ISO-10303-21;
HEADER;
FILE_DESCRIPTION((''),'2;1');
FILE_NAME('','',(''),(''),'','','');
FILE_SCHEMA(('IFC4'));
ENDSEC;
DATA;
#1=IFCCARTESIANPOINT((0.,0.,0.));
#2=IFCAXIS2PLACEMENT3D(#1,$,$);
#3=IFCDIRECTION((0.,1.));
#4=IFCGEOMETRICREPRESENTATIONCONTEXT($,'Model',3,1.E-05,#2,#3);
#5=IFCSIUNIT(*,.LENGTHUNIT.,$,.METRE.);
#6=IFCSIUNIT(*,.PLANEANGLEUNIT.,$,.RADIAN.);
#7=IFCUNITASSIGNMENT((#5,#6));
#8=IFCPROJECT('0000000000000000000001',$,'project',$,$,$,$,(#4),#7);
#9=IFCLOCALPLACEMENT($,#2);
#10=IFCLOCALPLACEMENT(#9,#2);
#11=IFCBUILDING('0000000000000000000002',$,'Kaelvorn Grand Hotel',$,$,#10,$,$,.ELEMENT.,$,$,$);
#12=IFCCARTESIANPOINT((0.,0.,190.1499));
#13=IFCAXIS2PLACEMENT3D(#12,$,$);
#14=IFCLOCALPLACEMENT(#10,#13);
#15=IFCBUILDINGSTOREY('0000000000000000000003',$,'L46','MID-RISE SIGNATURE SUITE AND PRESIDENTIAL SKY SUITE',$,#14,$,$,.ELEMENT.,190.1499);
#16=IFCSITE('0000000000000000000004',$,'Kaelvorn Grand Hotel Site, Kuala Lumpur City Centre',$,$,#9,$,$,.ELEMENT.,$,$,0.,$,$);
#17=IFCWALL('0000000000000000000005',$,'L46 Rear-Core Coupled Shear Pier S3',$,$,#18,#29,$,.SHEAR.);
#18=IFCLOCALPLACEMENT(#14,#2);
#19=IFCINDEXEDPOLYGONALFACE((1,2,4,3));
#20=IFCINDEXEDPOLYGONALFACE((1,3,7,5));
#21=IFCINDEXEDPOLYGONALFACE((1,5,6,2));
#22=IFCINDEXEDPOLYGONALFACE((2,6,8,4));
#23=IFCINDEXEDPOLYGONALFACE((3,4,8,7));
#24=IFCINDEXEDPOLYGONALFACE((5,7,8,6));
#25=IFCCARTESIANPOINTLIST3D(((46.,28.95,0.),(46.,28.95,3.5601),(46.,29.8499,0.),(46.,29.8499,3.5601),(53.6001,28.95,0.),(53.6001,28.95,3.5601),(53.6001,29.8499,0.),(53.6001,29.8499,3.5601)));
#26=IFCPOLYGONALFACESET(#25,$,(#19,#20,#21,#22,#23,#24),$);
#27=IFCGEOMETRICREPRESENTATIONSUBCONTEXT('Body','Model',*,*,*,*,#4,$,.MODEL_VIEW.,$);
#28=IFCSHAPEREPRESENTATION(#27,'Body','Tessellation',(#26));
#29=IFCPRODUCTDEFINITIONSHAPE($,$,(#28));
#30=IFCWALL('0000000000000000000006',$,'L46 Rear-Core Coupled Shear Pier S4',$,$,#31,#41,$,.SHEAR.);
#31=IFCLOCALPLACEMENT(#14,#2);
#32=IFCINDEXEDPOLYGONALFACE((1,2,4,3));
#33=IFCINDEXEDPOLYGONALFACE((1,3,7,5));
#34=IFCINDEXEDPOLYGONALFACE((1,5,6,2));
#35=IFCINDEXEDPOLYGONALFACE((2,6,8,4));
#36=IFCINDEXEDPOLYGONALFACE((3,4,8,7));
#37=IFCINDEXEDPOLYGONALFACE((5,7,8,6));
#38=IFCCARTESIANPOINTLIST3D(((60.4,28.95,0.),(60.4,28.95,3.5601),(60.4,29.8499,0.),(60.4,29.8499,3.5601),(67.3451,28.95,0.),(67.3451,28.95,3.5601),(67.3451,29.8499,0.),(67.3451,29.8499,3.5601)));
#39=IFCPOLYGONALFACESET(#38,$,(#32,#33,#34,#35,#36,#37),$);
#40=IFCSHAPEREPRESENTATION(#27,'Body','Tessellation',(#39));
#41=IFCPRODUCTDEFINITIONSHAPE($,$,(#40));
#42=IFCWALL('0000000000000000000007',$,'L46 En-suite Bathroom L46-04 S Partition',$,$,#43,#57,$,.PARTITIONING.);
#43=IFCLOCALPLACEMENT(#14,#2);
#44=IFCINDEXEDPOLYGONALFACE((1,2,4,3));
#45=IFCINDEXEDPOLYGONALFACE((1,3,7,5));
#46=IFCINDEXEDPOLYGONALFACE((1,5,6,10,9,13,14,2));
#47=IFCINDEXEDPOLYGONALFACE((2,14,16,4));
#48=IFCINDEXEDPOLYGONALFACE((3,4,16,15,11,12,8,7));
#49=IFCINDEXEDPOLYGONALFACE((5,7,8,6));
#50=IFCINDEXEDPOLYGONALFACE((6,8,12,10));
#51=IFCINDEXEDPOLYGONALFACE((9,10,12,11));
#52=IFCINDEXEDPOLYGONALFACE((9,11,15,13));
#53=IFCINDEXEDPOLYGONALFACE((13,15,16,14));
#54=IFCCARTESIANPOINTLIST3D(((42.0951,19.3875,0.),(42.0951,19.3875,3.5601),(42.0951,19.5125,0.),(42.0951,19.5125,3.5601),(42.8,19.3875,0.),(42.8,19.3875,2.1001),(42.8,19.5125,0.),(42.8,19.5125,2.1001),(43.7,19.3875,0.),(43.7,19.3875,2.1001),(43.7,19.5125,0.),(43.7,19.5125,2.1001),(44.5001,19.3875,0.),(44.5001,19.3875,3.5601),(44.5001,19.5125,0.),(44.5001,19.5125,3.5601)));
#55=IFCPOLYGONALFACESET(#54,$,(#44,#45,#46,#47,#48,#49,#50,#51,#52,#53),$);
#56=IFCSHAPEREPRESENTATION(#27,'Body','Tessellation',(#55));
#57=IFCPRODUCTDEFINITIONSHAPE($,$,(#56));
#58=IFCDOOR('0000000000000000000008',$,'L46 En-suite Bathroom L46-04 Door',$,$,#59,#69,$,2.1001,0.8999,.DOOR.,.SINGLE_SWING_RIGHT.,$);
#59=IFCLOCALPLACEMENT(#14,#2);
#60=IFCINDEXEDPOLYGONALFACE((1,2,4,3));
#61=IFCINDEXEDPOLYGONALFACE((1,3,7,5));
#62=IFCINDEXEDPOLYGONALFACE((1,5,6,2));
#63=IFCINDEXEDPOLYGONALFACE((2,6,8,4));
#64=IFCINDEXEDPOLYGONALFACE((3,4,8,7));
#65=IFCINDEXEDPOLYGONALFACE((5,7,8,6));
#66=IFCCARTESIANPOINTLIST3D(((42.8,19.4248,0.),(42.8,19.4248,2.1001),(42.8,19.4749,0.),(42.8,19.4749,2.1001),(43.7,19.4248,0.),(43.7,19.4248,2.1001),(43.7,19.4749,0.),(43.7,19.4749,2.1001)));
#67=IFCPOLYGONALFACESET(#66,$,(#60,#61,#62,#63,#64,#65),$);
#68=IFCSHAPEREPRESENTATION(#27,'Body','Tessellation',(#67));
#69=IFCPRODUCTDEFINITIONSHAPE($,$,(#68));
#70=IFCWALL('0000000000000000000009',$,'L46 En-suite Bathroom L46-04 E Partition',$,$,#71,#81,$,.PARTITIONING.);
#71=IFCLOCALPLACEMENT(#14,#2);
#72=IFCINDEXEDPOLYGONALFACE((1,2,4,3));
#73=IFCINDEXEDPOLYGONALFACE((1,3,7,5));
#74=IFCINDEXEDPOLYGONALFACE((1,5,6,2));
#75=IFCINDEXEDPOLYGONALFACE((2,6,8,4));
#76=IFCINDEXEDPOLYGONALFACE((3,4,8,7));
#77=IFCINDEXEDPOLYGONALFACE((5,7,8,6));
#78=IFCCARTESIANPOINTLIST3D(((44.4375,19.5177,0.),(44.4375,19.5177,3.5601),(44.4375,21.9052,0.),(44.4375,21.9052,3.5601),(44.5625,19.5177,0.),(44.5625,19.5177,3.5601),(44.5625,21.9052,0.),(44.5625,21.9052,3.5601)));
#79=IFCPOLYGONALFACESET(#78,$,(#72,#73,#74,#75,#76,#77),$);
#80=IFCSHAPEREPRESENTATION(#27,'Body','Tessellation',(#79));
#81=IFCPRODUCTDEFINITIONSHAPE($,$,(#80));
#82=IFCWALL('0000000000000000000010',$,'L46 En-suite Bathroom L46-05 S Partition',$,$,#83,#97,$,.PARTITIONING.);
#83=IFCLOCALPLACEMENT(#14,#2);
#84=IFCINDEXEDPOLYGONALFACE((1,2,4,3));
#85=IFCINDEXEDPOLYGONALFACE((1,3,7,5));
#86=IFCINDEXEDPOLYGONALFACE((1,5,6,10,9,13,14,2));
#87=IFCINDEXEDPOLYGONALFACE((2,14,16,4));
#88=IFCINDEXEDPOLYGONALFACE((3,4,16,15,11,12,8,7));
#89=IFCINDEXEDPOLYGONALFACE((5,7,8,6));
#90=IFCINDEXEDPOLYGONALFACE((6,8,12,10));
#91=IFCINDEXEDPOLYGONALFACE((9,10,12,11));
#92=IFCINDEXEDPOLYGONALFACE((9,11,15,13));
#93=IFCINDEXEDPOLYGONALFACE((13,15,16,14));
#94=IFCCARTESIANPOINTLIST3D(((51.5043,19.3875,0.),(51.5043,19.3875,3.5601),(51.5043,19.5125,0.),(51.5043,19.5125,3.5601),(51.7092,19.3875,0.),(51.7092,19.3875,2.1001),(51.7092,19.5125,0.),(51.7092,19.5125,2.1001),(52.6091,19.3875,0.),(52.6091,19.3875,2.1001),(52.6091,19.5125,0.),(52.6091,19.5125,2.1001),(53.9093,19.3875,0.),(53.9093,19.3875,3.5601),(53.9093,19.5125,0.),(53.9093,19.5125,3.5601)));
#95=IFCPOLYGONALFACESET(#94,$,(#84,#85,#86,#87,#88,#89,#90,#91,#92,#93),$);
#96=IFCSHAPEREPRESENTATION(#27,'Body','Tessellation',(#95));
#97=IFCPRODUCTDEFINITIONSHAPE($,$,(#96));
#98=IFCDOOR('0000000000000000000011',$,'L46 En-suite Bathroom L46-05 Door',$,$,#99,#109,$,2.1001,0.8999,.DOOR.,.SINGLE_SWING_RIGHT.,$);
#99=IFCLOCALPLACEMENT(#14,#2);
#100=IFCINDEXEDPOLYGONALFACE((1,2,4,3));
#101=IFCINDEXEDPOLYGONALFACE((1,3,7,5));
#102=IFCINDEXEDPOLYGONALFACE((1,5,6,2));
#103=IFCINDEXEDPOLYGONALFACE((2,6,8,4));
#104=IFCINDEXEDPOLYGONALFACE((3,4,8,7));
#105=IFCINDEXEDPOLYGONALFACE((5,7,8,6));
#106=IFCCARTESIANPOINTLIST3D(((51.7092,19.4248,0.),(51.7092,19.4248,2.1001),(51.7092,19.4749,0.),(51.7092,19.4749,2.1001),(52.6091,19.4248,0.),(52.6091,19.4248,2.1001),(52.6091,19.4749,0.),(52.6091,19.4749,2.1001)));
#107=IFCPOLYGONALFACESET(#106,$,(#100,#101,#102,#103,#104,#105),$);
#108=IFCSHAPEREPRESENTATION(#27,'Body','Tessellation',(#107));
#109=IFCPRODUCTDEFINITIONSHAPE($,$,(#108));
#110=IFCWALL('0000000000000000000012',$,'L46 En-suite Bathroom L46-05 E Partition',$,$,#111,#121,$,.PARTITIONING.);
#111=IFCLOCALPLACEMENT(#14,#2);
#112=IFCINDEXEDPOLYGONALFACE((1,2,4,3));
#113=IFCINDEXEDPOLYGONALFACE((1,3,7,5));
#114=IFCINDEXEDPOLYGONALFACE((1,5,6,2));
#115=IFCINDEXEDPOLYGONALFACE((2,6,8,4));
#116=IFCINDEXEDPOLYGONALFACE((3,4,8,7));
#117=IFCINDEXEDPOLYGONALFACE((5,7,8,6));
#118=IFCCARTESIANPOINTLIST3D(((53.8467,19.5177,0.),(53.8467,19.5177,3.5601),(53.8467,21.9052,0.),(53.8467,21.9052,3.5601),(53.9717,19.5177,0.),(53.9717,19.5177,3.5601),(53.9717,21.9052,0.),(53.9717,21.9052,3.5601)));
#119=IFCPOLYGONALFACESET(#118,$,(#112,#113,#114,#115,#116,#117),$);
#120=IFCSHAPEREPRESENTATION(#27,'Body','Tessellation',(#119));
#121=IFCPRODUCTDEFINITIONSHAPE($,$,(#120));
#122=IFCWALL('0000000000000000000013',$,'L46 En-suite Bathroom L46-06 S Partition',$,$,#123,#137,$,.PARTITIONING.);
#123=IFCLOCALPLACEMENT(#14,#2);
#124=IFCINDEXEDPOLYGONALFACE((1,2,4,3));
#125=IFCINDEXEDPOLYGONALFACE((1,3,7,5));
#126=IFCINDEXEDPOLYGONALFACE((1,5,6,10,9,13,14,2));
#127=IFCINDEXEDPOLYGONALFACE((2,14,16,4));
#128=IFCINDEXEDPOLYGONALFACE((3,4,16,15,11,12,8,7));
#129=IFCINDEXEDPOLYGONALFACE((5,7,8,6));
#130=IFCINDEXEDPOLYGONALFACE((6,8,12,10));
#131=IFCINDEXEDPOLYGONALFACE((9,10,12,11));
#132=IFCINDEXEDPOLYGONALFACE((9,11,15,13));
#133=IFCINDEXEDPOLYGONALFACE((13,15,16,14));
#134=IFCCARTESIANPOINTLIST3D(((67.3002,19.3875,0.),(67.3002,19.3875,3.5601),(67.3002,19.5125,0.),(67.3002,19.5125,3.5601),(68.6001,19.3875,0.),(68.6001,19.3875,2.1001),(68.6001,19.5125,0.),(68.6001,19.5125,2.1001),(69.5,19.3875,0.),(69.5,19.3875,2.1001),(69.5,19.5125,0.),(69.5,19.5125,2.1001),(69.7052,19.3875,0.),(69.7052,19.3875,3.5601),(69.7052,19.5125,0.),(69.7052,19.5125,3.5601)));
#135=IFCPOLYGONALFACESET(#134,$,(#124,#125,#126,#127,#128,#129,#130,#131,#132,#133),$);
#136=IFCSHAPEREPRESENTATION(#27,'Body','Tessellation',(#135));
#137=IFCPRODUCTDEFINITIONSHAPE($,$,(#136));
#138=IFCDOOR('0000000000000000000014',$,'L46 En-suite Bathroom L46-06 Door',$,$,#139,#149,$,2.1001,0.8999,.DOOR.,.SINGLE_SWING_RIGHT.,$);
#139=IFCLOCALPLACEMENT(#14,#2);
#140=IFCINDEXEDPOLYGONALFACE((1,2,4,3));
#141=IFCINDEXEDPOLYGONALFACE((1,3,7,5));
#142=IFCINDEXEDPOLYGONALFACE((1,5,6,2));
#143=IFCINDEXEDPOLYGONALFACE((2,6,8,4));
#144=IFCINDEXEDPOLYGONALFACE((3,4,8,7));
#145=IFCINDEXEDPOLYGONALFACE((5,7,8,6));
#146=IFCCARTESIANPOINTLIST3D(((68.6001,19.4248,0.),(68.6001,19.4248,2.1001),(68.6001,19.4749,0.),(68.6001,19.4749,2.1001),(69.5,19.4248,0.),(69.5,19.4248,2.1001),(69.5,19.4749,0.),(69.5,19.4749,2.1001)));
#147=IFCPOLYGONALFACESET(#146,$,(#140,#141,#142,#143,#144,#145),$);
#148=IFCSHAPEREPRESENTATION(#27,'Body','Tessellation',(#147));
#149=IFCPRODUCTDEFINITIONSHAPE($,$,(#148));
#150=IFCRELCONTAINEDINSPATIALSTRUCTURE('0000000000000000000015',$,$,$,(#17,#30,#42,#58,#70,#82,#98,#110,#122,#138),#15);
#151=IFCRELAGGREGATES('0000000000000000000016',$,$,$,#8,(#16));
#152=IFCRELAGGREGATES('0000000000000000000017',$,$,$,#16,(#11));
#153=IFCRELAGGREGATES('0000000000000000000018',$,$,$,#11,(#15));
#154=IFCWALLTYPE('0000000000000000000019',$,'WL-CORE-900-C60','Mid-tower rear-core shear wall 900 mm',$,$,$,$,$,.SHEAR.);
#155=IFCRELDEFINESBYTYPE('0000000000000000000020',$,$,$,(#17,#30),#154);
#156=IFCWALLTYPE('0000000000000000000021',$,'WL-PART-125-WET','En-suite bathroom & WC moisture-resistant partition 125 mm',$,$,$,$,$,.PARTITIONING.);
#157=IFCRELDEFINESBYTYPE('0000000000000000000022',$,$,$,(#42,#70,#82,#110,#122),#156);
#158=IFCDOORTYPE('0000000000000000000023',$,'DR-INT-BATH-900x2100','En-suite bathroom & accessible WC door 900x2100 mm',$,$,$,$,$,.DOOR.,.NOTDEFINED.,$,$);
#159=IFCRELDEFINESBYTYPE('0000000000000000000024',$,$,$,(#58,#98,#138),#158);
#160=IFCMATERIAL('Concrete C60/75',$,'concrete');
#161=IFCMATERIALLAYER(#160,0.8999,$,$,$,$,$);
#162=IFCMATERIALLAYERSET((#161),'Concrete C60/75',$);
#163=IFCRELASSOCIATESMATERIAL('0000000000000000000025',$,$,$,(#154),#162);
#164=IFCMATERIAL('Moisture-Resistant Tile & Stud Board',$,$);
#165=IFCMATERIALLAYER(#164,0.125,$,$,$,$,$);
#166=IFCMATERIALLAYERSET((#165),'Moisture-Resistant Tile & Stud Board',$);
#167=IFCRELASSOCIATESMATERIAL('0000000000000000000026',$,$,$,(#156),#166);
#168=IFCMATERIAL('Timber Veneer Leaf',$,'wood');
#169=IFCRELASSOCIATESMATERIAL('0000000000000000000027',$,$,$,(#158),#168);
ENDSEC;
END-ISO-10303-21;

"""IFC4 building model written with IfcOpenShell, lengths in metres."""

from ifc_helpers import new_model, si_unit, direction, frame, frame_2d, origin, place, context, subcontext, project, spatial, rectangle, extrude, material, layer, layer_set, type_object, element, fill, save


model = new_model("IFC4")

# Units and contexts
model_context = context("Model", 3, precision=1e-05, world=origin(), true_north=direction((0.0, 1.0)))
body_context = subcontext(model_context, "Body", "Model", "MODEL_VIEW")
ifc_project = project(units=[si_unit("LENGTHUNIT", "METRE"), si_unit("PLANEANGLEUNIT", "RADIAN")], contexts=[model_context])

# Site, building, storey
site_placement = place(None, origin())
site = spatial("IfcSite", under=ifc_project, at=site_placement, Name="Kaelvorn Grand Hotel Site, Kuala Lumpur City Centre", CompositionType="ELEMENT", RefElevation=0.0)
building_placement = place(site_placement, origin())
building = spatial("IfcBuilding", under=site, at=building_placement, Name="Kaelvorn Grand Hotel", CompositionType="ELEMENT")
storey_placement = place(building_placement, frame((0.0, 0.0, 190.1499)))
storey = spatial("IfcBuildingStorey", under=building, at=storey_placement, Name="L46", Description="MID-RISE SIGNATURE SUITE AND PRESIDENTIAL SKY SUITE", CompositionType="ELEMENT", Elevation=190.1499)

# Shared definitions
ifc_material_1 = material(Name="Concrete C60/75", Category="concrete")

# Walls
ifc_layer_1 = layer(ifc_material_1, 0.8999)
ifc_layer_set_1 = layer_set([ifc_layer_1], Name="Concrete C60/75")
wall_type_1 = type_object("IfcWallType", Name="WL-CORE-900-C60", Description="Mid-tower rear-core shear wall 900 mm", PredefinedType="SHEAR", material=ifc_layer_set_1)
wall_1_placement = place(storey_placement, frame((46.0, 29.3999, 0.0), z_axis=(0.0, 0.0, 1.0), x_axis=(1.0, 0.0, 0.0)))
element("IfcWall", 1, at=wall_1_placement, inside=storey, type_object=wall_type_1, Name="L46 Rear-Core Coupled Shear Pier S3", PredefinedType="SHEAR", context=body_context, shape_type="SweptSolid", body=[
    extrude(rectangle(XDim=7.6001, YDim=0.8999, at=frame_2d((3.8, 0.0))), origin(), (0.0, 0.0, 1.0), 3.5601),
])
wall_2_placement = place(storey_placement, frame((60.3999, 29.3999, 0.0), z_axis=(0.0, 0.0, 1.0), x_axis=(1.0, 0.0, 0.0)))
element("IfcWall", 2, at=wall_2_placement, inside=storey, type_object=wall_type_1, Name="L46 Rear-Core Coupled Shear Pier S4", PredefinedType="SHEAR", context=body_context, shape_type="SweptSolid", body=[
    extrude(rectangle(XDim=6.9451, YDim=0.8999, at=frame_2d((3.4727, 0.0))), origin(), (0.0, 0.0, 1.0), 3.5601),
])

# Wall, opening, door
ifc_material_2 = material(Name="Moisture-Resistant Tile & Stud Board")
ifc_layer_2 = layer(ifc_material_2, 0.125)
ifc_layer_set_2 = layer_set([ifc_layer_2], Name="Moisture-Resistant Tile & Stud Board")
wall_type_2 = type_object("IfcWallType", Name="WL-PART-125-WET", Description="En-suite bathroom & WC moisture-resistant partition 125 mm", PredefinedType="PARTITIONING", material=ifc_layer_set_2)
wall_3_placement = place(storey_placement, frame((42.095, 19.45, 0.0), z_axis=(0.0, 0.0, 1.0), x_axis=(1.0, 0.0, 0.0)))
wall_3 = element("IfcWall", 3, at=wall_3_placement, inside=storey, type_object=wall_type_2, Name="L46 En-suite Bathroom L46-04 S Partition", PredefinedType="PARTITIONING", context=body_context, shape_type="SweptSolid", body=[
    extrude(rectangle(XDim=2.405, YDim=0.125, at=frame_2d((1.2026, 0.0))), origin(), (0.0, 0.0, 1.0), 3.5601),
])
opening_1_placement = place(wall_3_placement, frame((0.7051, 0.0, 0.0)))
opening_1 = element("IfcOpeningElement", 4, at=opening_1_placement, cuts=wall_3, PredefinedType="OPENING", context=body_context, shape_type="SweptSolid", body=[
    extrude(rectangle(XDim=0.8999, YDim=2.1001, at=frame_2d((0.45, 1.05))), frame((0.0, 0.0725, 0.0), z_axis=(0.0, -1.0, 0.0), x_axis=(1.0, 0.0, 0.0)), (0.0, 0.0, 1.0), 0.145),
])
ifc_material_3 = material(Name="Timber Veneer Leaf", Category="wood")
door_type_1 = type_object("IfcDoorType", Name="DR-INT-BATH-900x2100", Description="En-suite bathroom & accessible WC door 900x2100 mm", OperationType="NOTDEFINED", PredefinedType="DOOR", material=ifc_material_3)
door_1_placement = place(opening_1_placement, origin())
door_1 = element("IfcDoor", 5, at=door_1_placement, inside=storey, type_object=door_type_1, Name="L46 En-suite Bathroom L46-04 Door", OperationType="SINGLE_SWING_RIGHT", OverallHeight=2.1001, OverallWidth=0.8999, PredefinedType="DOOR", context=body_context, shape_type="SweptSolid", body=[
    extrude(rectangle(XDim=0.8999, YDim=2.1001, at=frame_2d((0.45, 1.05))), frame((0.0, 0.0249, 0.0), z_axis=(0.0, -1.0, 0.0), x_axis=(1.0, 0.0, 0.0)), (0.0, 0.0, 1.0), 0.05),
])
fill(opening_1, door_1)

# Wall
wall_4_placement = place(storey_placement, frame((44.5, 19.5176, 0.0), z_axis=(0.0, 0.0, 1.0), x_axis=(0.0, 1.0, 0.0)))
element("IfcWall", 6, at=wall_4_placement, inside=storey, type_object=wall_type_2, Name="L46 En-suite Bathroom L46-04 E Partition", PredefinedType="PARTITIONING", context=body_context, shape_type="SweptSolid", body=[
    extrude(rectangle(XDim=2.3875, YDim=0.125, at=frame_2d((1.1938, 0.0))), origin(), (0.0, 0.0, 1.0), 3.5601),
])

# Wall, opening, door
wall_5_placement = place(storey_placement, frame((51.5042, 19.45, 0.0), z_axis=(0.0, 0.0, 1.0), x_axis=(1.0, 0.0, 0.0)))
wall_5 = element("IfcWall", 7, at=wall_5_placement, inside=storey, type_object=wall_type_2, Name="L46 En-suite Bathroom L46-05 S Partition", PredefinedType="PARTITIONING", context=body_context, shape_type="SweptSolid", body=[
    extrude(rectangle(XDim=2.405, YDim=0.125, at=frame_2d((1.2026, 0.0))), origin(), (0.0, 0.0, 1.0), 3.5601),
])
opening_2_placement = place(wall_5_placement, frame((0.2051, 0.0, 0.0)))
opening_2 = element("IfcOpeningElement", 8, at=opening_2_placement, cuts=wall_5, PredefinedType="OPENING", context=body_context, shape_type="SweptSolid", body=[
    extrude(rectangle(XDim=0.8999, YDim=2.1001, at=frame_2d((0.45, 1.05))), frame((0.0, 0.0725, 0.0), z_axis=(0.0, -1.0, 0.0), x_axis=(1.0, 0.0, 0.0)), (0.0, 0.0, 1.0), 0.145),
])
door_2_placement = place(opening_2_placement, origin())
door_2 = element("IfcDoor", 9, at=door_2_placement, inside=storey, type_object=door_type_1, Name="L46 En-suite Bathroom L46-05 Door", OperationType="SINGLE_SWING_RIGHT", OverallHeight=2.1001, OverallWidth=0.8999, PredefinedType="DOOR", context=body_context, shape_type="SweptSolid", body=[
    extrude(rectangle(XDim=0.8999, YDim=2.1001, at=frame_2d((0.45, 1.05))), frame((0.0, 0.0249, 0.0), z_axis=(0.0, -1.0, 0.0), x_axis=(1.0, 0.0, 0.0)), (0.0, 0.0, 1.0), 0.05),
])
fill(opening_2, door_2)

# Wall
wall_6_placement = place(storey_placement, frame((53.9092, 19.5176, 0.0), z_axis=(0.0, 0.0, 1.0), x_axis=(0.0, 1.0, 0.0)))
element("IfcWall", 10, at=wall_6_placement, inside=storey, type_object=wall_type_2, Name="L46 En-suite Bathroom L46-05 E Partition", PredefinedType="PARTITIONING", context=body_context, shape_type="SweptSolid", body=[
    extrude(rectangle(XDim=2.3875, YDim=0.125, at=frame_2d((1.1938, 0.0))), origin(), (0.0, 0.0, 1.0), 3.5601),
])

# Wall, opening, door
wall_7_placement = place(storey_placement, frame((67.3, 19.45, 0.0), z_axis=(0.0, 0.0, 1.0), x_axis=(1.0, 0.0, 0.0)))
wall_7 = element("IfcWall", 11, at=wall_7_placement, inside=storey, type_object=wall_type_2, Name="L46 En-suite Bathroom L46-06 S Partition", PredefinedType="PARTITIONING", context=body_context, shape_type="SweptSolid", body=[
    extrude(rectangle(XDim=2.405, YDim=0.125, at=frame_2d((1.2026, 0.0))), origin(), (0.0, 0.0, 1.0), 3.5601),
])
opening_3_placement = place(wall_7_placement, frame((1.3, 0.0, 0.0)))
opening_3 = element("IfcOpeningElement", 12, at=opening_3_placement, cuts=wall_7, PredefinedType="OPENING", context=body_context, shape_type="SweptSolid", body=[
    extrude(rectangle(XDim=0.8999, YDim=2.1001, at=frame_2d((0.45, 1.05))), frame((0.0, 0.0725, 0.0), z_axis=(0.0, -1.0, 0.0), x_axis=(1.0, 0.0, 0.0)), (0.0, 0.0, 1.0), 0.145),
])
door_3_placement = place(opening_3_placement, origin())
door_3 = element("IfcDoor", 13, at=door_3_placement, inside=storey, type_object=door_type_1, Name="L46 En-suite Bathroom L46-06 Door", OperationType="SINGLE_SWING_RIGHT", OverallHeight=2.1001, OverallWidth=0.8999, PredefinedType="DOOR", context=body_context, shape_type="SweptSolid", body=[
    extrude(rectangle(XDim=0.8999, YDim=2.1001, at=frame_2d((0.45, 1.05))), frame((0.0, 0.0249, 0.0), z_axis=(0.0, -1.0, 0.0), x_axis=(1.0, 0.0, 0.0)), (0.0, 0.0, 1.0), 0.05),
])
fill(opening_3, door_3)

save(model, "model.ifc")
